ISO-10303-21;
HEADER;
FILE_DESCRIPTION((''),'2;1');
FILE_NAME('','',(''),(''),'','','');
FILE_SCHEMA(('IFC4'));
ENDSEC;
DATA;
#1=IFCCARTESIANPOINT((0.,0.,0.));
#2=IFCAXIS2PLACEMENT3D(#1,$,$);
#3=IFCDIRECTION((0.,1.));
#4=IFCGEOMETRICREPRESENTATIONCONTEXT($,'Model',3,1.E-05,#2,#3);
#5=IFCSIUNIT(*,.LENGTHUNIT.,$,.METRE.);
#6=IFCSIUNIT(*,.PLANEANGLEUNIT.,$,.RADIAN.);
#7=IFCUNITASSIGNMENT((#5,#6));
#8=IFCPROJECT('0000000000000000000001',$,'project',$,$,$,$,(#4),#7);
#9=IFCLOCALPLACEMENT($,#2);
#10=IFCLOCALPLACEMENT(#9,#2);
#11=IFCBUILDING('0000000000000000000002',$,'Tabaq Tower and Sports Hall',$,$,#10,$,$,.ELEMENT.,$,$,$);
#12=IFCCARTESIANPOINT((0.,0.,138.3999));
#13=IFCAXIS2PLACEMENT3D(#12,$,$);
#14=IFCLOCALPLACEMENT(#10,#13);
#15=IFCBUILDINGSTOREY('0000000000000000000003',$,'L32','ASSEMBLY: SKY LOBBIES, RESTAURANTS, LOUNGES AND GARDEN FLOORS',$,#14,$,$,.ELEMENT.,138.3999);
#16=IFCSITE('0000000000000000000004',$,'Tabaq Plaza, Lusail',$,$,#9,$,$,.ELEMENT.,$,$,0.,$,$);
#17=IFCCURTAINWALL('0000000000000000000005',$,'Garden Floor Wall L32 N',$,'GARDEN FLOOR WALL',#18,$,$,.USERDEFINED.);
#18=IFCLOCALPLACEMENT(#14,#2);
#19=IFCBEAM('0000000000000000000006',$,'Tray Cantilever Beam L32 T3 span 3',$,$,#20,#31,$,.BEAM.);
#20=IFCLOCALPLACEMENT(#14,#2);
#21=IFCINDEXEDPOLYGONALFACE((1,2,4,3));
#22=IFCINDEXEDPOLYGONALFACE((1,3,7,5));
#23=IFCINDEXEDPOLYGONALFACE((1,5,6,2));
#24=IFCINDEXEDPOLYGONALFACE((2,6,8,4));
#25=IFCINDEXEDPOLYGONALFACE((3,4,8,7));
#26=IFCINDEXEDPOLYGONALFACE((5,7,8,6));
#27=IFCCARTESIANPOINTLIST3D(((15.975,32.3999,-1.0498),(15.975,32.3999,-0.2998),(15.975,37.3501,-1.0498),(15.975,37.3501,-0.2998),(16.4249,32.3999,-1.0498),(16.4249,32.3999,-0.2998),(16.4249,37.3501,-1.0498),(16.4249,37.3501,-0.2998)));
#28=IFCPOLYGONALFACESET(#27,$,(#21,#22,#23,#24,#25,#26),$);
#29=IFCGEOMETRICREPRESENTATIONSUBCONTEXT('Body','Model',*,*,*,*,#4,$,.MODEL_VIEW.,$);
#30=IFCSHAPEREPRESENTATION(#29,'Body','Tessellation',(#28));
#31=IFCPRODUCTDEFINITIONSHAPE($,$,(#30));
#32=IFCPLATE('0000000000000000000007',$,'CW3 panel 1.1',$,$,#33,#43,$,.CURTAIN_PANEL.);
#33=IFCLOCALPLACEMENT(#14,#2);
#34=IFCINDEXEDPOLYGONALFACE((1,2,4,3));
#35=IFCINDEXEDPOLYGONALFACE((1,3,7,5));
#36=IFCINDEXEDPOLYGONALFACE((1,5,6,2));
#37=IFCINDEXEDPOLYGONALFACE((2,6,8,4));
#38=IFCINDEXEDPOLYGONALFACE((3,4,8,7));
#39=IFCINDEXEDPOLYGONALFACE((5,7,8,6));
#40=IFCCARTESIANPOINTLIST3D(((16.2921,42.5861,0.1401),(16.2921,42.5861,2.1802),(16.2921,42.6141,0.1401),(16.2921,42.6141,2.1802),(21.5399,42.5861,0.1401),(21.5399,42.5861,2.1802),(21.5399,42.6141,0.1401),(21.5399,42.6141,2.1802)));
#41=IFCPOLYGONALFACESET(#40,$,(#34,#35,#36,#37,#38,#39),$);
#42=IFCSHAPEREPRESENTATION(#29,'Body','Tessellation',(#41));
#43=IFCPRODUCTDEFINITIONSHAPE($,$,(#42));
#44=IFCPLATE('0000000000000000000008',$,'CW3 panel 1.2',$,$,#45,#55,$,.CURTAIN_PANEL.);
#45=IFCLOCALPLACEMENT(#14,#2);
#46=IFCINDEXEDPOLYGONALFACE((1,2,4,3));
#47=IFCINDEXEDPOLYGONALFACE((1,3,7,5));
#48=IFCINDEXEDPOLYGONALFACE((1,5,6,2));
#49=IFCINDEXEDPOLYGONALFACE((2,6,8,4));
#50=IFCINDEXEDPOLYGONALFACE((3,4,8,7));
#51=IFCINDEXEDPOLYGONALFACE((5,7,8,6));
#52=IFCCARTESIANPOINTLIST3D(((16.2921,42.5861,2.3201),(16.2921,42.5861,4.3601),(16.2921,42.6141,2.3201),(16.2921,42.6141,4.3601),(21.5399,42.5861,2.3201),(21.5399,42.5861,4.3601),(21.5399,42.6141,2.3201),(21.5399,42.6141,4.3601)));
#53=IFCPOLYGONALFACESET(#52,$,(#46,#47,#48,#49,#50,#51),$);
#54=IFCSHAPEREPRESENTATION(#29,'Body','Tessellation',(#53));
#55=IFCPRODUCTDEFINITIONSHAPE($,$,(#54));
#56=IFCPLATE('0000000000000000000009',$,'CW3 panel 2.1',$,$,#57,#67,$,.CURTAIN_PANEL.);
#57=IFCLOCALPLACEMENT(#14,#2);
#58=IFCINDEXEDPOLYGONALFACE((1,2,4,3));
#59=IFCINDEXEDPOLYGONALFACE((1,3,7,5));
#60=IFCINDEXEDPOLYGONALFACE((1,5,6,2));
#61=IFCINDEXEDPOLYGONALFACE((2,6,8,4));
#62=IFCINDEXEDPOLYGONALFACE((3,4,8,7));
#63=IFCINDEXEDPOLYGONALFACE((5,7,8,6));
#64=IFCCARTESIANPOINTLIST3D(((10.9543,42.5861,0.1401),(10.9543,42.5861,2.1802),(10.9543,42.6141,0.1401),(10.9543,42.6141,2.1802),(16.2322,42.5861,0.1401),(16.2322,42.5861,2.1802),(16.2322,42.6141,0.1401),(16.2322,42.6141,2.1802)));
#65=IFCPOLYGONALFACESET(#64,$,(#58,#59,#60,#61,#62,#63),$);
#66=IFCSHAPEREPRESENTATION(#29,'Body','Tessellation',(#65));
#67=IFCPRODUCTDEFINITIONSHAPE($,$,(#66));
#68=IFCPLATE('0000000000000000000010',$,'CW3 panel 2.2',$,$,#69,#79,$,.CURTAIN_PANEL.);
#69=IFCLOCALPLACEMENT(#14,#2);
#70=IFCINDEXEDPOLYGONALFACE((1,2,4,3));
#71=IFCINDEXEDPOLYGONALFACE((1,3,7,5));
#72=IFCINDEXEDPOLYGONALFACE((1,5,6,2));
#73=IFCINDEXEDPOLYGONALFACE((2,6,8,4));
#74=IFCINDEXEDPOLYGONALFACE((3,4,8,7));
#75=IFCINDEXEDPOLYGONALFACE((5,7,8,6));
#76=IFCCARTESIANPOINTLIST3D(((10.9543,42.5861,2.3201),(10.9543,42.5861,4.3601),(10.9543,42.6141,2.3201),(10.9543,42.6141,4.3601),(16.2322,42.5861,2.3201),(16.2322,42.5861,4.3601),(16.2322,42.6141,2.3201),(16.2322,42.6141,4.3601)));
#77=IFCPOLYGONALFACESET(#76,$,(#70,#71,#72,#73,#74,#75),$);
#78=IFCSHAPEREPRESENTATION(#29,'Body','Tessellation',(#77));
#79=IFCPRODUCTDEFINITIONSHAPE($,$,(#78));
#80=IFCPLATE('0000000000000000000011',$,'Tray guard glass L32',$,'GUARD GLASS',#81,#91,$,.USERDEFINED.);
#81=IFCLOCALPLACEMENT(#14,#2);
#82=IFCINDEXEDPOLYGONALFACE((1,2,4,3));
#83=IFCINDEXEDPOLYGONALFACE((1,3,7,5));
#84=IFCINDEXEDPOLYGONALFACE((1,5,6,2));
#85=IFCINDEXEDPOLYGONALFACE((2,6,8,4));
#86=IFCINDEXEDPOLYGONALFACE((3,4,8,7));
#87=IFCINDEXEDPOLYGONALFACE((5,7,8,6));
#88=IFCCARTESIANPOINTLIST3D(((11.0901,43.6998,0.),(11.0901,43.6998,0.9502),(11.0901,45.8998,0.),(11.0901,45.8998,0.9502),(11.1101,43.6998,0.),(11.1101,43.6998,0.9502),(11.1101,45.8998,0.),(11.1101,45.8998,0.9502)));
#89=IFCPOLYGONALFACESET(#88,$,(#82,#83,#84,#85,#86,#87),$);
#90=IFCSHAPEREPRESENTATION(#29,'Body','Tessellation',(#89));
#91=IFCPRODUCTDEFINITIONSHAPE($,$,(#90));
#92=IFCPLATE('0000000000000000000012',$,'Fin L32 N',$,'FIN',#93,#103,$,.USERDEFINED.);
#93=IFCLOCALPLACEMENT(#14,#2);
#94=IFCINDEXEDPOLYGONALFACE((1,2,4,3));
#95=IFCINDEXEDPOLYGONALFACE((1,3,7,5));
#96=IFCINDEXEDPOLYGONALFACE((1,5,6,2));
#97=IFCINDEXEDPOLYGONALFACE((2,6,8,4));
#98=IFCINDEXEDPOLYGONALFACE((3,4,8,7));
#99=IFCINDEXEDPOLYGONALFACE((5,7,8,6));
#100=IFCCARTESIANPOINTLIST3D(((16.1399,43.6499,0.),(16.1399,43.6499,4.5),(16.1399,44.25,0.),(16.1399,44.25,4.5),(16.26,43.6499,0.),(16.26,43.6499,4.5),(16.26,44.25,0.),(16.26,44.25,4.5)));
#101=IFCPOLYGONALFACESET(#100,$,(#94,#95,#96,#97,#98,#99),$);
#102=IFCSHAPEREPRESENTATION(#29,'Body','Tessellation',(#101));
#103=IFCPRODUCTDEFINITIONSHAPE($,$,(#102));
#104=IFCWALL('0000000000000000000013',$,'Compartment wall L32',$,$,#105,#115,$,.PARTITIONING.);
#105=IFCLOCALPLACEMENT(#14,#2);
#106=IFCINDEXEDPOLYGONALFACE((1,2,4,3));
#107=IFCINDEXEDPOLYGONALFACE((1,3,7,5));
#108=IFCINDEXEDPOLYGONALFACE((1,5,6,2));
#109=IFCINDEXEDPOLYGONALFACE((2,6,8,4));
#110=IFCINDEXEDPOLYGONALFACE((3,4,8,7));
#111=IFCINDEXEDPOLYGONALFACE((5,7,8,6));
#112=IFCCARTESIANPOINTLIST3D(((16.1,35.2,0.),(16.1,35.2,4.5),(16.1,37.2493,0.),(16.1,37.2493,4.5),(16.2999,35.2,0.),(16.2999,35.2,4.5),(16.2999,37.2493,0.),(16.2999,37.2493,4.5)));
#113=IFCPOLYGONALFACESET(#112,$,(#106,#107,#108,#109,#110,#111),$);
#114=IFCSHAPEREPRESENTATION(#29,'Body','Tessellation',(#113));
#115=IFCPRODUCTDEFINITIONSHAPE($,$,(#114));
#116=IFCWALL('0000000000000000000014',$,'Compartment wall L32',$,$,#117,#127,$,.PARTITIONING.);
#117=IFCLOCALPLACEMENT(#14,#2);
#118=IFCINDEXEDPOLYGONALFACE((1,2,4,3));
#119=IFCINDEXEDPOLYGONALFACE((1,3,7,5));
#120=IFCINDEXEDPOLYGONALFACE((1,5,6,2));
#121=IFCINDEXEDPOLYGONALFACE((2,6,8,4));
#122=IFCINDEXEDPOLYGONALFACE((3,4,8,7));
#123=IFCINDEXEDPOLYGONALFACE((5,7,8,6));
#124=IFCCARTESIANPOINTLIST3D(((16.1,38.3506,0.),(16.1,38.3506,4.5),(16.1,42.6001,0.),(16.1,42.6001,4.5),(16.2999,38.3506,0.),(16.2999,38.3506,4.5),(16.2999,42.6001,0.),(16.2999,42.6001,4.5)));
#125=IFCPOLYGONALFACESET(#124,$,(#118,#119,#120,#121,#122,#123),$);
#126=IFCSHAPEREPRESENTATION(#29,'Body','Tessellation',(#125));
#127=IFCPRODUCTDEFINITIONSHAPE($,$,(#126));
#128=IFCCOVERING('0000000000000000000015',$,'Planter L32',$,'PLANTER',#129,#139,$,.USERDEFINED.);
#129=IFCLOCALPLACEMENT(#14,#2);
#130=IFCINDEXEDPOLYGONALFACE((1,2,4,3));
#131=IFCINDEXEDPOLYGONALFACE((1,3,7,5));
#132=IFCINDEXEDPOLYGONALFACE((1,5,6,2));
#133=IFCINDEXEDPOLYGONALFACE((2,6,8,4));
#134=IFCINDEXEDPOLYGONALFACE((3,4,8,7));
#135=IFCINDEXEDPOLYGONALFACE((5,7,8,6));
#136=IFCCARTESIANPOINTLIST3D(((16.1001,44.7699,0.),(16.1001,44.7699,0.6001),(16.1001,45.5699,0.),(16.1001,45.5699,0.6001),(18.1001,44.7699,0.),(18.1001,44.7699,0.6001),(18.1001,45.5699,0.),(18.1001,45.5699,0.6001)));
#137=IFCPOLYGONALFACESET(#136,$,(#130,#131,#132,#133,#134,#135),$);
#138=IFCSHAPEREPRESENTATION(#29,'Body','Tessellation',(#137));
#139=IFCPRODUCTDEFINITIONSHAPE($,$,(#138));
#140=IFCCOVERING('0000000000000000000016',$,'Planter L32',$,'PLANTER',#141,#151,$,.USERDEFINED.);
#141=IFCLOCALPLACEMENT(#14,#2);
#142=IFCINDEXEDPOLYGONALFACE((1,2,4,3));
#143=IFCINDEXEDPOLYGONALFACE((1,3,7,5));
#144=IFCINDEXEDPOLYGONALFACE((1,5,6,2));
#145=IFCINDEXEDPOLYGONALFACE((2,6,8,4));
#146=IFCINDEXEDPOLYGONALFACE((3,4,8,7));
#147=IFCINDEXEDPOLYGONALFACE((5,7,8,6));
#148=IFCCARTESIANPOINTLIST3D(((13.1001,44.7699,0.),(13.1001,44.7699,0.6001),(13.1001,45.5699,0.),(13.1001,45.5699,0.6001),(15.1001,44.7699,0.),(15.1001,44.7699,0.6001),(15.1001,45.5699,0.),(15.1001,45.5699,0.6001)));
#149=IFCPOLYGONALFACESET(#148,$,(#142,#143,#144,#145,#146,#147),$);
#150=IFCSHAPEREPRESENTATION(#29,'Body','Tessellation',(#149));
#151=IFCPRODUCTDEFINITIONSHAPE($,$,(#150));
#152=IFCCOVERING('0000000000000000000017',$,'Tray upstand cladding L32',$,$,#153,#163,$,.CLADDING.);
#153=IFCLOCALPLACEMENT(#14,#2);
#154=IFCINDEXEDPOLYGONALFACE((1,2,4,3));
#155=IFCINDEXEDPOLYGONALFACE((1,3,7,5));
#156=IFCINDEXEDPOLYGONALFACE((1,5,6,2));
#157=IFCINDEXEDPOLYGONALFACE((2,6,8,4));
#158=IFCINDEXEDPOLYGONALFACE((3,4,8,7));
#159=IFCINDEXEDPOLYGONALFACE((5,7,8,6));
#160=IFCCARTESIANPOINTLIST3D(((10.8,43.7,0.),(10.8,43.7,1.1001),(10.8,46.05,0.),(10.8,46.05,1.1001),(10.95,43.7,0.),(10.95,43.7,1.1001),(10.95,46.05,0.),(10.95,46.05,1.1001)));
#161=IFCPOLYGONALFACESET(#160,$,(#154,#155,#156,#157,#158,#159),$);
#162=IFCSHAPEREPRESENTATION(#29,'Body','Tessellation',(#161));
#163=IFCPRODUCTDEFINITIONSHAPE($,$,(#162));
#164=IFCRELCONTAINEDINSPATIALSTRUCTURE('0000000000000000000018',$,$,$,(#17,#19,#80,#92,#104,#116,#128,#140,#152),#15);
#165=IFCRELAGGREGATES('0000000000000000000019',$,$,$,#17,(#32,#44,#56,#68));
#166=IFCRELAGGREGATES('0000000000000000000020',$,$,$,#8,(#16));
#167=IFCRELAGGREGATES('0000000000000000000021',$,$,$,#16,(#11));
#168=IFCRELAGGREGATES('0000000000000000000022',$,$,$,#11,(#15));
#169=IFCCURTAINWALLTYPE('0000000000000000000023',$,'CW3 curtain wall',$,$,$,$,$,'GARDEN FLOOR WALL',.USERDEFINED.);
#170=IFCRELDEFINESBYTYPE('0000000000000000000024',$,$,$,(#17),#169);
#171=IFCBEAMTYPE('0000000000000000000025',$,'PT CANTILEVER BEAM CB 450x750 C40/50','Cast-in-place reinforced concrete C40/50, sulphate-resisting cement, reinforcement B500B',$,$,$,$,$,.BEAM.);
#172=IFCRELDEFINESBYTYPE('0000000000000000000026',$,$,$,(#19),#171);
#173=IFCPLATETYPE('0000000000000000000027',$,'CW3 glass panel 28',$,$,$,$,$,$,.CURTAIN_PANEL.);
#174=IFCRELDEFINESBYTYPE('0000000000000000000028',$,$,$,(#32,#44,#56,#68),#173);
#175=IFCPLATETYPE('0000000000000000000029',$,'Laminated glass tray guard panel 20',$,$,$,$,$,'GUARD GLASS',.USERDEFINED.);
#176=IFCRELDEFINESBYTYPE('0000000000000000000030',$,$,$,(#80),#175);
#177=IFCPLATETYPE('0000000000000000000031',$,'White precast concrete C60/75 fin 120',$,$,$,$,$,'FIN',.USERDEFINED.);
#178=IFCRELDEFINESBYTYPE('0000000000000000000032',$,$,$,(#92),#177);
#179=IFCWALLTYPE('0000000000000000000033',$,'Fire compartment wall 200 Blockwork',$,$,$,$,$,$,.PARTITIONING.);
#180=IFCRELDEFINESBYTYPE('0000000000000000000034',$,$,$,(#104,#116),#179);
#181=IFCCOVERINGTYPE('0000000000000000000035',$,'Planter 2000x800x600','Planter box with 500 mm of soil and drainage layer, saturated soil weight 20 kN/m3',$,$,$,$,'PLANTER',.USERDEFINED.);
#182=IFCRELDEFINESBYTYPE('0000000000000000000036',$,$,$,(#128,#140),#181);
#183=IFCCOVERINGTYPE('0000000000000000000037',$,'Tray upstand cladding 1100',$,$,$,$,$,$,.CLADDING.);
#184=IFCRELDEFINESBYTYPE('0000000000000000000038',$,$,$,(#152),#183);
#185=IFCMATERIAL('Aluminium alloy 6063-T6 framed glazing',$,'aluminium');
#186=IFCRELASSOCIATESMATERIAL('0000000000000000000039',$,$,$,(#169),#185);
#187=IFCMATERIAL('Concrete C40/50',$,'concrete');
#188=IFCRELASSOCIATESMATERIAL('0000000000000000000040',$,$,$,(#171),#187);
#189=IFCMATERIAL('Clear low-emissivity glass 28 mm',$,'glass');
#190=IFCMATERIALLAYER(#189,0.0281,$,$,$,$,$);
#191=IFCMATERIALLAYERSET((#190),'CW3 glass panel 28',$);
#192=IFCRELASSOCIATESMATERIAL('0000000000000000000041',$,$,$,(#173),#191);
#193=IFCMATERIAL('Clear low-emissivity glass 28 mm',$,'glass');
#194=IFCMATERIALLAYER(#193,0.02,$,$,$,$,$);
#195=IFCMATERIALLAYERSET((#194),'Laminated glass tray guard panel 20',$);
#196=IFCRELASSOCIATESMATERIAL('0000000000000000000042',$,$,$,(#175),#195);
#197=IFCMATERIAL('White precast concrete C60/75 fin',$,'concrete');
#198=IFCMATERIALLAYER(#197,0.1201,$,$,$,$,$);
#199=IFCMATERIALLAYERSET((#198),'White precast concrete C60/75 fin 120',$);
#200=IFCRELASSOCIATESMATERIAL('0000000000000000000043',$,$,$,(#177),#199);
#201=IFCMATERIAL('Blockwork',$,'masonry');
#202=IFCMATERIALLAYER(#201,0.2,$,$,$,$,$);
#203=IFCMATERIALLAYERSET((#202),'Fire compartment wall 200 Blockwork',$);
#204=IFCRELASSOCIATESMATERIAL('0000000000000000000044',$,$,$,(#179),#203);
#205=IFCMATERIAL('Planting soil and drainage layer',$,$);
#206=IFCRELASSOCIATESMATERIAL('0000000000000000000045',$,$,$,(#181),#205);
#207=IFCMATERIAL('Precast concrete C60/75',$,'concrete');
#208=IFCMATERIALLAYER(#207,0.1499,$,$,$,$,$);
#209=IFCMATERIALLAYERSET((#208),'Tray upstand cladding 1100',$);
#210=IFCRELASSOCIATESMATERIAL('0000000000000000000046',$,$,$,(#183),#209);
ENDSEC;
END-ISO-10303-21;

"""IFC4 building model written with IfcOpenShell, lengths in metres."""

from ifc_helpers import new_model, si_unit, direction, frame, frame_2d, origin, origin_2d, place, context, subcontext, project, spatial, rectangle, extrude, material, layer, layer_set, material_profile, profile_set, type_object, element, aggregate, save


model = new_model("IFC4")

# Units and contexts
model_context = context("Model", 3, precision=1e-05, world=origin(), true_north=direction((0.0, 1.0)))
body_context = subcontext(model_context, "Body", "Model", "MODEL_VIEW")
ifc_project = project(units=[si_unit("LENGTHUNIT", "METRE"), si_unit("PLANEANGLEUNIT", "RADIAN")], contexts=[model_context])

# Site, building, storey
site_placement = place(None, origin())
site = spatial("IfcSite", under=ifc_project, at=site_placement, Name="Tabaq Plaza, Lusail", CompositionType="ELEMENT", RefElevation=0.0)
building_placement = place(site_placement, origin())
building = spatial("IfcBuilding", under=site, at=building_placement, Name="Tabaq Tower and Sports Hall", CompositionType="ELEMENT")
storey_placement = place(building_placement, frame((0.0, 0.0, 138.3999)))
storey = spatial("IfcBuildingStorey", under=building, at=storey_placement, Name="L32", Description="ASSEMBLY: SKY LOBBIES, RESTAURANTS, LOUNGES AND GARDEN FLOORS", CompositionType="ELEMENT", Elevation=138.3999)

# Curtain wall
ifc_material_1 = material(Name="Aluminium alloy 6063-T6 framed glazing", Category="aluminium")
curtain_wall_type = type_object("IfcCurtainWallType", Name="CW3 curtain wall", ElementType="GARDEN FLOOR WALL", PredefinedType="USERDEFINED", material=ifc_material_1)
curtain_wall_placement = place(storey_placement, origin())
curtain_wall = element("IfcCurtainWall", 1, at=curtain_wall_placement, inside=storey, type_object=curtain_wall_type, Name="Garden Floor Wall L32 N", ObjectType="GARDEN FLOOR WALL", PredefinedType="USERDEFINED")

# Beam
ifc_material_2 = material(Name="Concrete C40/50", Category="concrete")
ifc_material_profile_1 = material_profile(ifc_material_2, rectangle(XDim=0.45, YDim=0.75, at=origin_2d()), Name="CB 450x750")
ifc_profile_set_1 = profile_set([ifc_material_profile_1], Name="Concrete C40/50")
beam_type_1 = type_object("IfcBeamType", Name="PT CANTILEVER BEAM CB 450x750 C40/50", Description="Cast-in-place reinforced concrete C40/50, sulphate-resisting cement, reinforcement B500B", PredefinedType="BEAM", material=ifc_profile_set_1)
beam_1_placement = place(storey_placement, frame((16.2, 37.3501, -0.6748), z_axis=(0.0, -1.0, 0.0), x_axis=(1.0, 0.0, 0.0)))
element("IfcBeam", 2, at=beam_1_placement, inside=storey, type_object=beam_type_1, Name="Tray Cantilever Beam L32 T3 span 3", PredefinedType="BEAM", context=body_context, shape_type="SweptSolid", body=[
    extrude(rectangle(XDim=0.45, YDim=0.75, at=origin_2d()), origin(), (0.0, 0.0, 1.0), 4.9502),
])

# Plates
ifc_material_3 = material(Name="Clear low-emissivity glass 28 mm", Category="glass")
ifc_layer_1 = layer(ifc_material_3, 0.0281)
ifc_layer_set_1 = layer_set([ifc_layer_1], Name="CW3 glass panel 28")
plate_type_1 = type_object("IfcPlateType", Name="CW3 glass panel 28", PredefinedType="CURTAIN_PANEL", material=ifc_layer_set_1)
plate_1_placement = place(storey_placement, frame((18.916, 42.6001, 0.1401), z_axis=(0.0, 0.0, 1.0), x_axis=(-1.0, 0.0, 0.0)))
plate_1 = element("IfcPlate", 3, at=plate_1_placement, type_object=plate_type_1, Name="CW3 panel 1.1", PredefinedType="CURTAIN_PANEL", context=body_context, shape_type="SweptSolid", body=[
    extrude(rectangle(XDim=5.2478, YDim=0.0281, at=origin_2d()), origin(), (0.0, 0.0, 1.0), 2.04),
])
plate_2_placement = place(storey_placement, frame((18.916, 42.6001, 2.3201), z_axis=(0.0, 0.0, 1.0), x_axis=(-1.0, 0.0, 0.0)))
plate_2 = element("IfcPlate", 4, at=plate_2_placement, type_object=plate_type_1, Name="CW3 panel 1.2", PredefinedType="CURTAIN_PANEL", context=body_context, shape_type="SweptSolid", body=[
    extrude(rectangle(XDim=5.2478, YDim=0.0281, at=origin_2d()), origin(), (0.0, 0.0, 1.0), 2.04),
])
plate_3_placement = place(storey_placement, frame((13.5933, 42.6001, 0.1401), z_axis=(0.0, 0.0, 1.0), x_axis=(-1.0, 0.0, 0.0)))
plate_3 = element("IfcPlate", 5, at=plate_3_placement, type_object=plate_type_1, Name="CW3 panel 2.1", PredefinedType="CURTAIN_PANEL", context=body_context, shape_type="SweptSolid", body=[
    extrude(rectangle(XDim=5.2778, YDim=0.0281, at=origin_2d()), origin(), (0.0, 0.0, 1.0), 2.04),
])
plate_4_placement = place(storey_placement, frame((13.5933, 42.6001, 2.3201), z_axis=(0.0, 0.0, 1.0), x_axis=(-1.0, 0.0, 0.0)))
plate_4 = element("IfcPlate", 6, at=plate_4_placement, type_object=plate_type_1, Name="CW3 panel 2.2", PredefinedType="CURTAIN_PANEL", context=body_context, shape_type="SweptSolid", body=[
    extrude(rectangle(XDim=5.2778, YDim=0.0281, at=origin_2d()), origin(), (0.0, 0.0, 1.0), 2.04),
])
aggregate(curtain_wall, [plate_1, plate_2, plate_3, plate_4])

# Plates
ifc_material_4 = material(Name="Clear low-emissivity glass 28 mm", Category="glass")
ifc_layer_2 = layer(ifc_material_4, 0.02)
ifc_layer_set_2 = layer_set([ifc_layer_2], Name="Laminated glass tray guard panel 20")
plate_type_2 = type_object("IfcPlateType", Name="Laminated glass tray guard panel 20", ElementType="GUARD GLASS", PredefinedType="USERDEFINED", material=ifc_layer_set_2)
plate_5_placement = place(storey_placement, frame((11.1001, 45.8999, 0.0), z_axis=(0.0, 0.0, 1.0), x_axis=(0.0, -1.0, 0.0)))
element("IfcPlate", 7, at=plate_5_placement, inside=storey, type_object=plate_type_2, Name="Tray guard glass L32", ObjectType="GUARD GLASS", PredefinedType="USERDEFINED", context=body_context, shape_type="SweptSolid", body=[
    extrude(rectangle(XDim=2.2, YDim=0.02, at=frame_2d((1.1001, 0.0))), origin(), (0.0, 0.0, 1.0), 0.9502),
])
ifc_material_5 = material(Name="White precast concrete C60/75 fin", Category="concrete")
ifc_layer_3 = layer(ifc_material_5, 0.1201)
ifc_layer_set_3 = layer_set([ifc_layer_3], Name="White precast concrete C60/75 fin 120")
plate_type_3 = type_object("IfcPlateType", Name="White precast concrete C60/75 fin 120", ElementType="FIN", PredefinedType="USERDEFINED", material=ifc_layer_set_3)
plate_6_placement = place(storey_placement, frame((16.2, 43.95, 0.0), z_axis=(0.0, 0.0, 1.0), x_axis=(-1.0, 0.0, 0.0)))
element("IfcPlate", 8, at=plate_6_placement, inside=storey, type_object=plate_type_3, Name="Fin L32 N", ObjectType="FIN", PredefinedType="USERDEFINED", context=body_context, shape_type="SweptSolid", body=[
    extrude(rectangle(XDim=0.1201, YDim=0.6001, at=origin_2d()), origin(), (0.0, 0.0, 1.0), 4.5),
])

# Shared definitions
ifc_material_6 = material(Name="Blockwork", Category="masonry")
ifc_layer_4 = layer(ifc_material_6, 0.2)
ifc_layer_set_4 = layer_set([ifc_layer_4], Name="Fire compartment wall 200 Blockwork")
wall_type = type_object("IfcWallType", Name="Fire compartment wall 200 Blockwork", PredefinedType="PARTITIONING", material=ifc_layer_set_4)

# Walls
wall_1_placement = place(storey_placement, frame((16.2, 35.2, 0.0), z_axis=(0.0, 0.0, 1.0), x_axis=(0.0, 1.0, 0.0)))
element("IfcWall", 9, at=wall_1_placement, inside=storey, type_object=wall_type, Name="Compartment wall L32", PredefinedType="PARTITIONING", context=body_context, shape_type="SweptSolid", body=[
    extrude(rectangle(XDim=2.0493, YDim=0.2, at=frame_2d((1.0247, 0.0))), origin(), (0.0, 0.0, 1.0), 4.5),
])
wall_2_placement = place(storey_placement, frame((16.2, 38.3506, 0.0), z_axis=(0.0, 0.0, 1.0), x_axis=(0.0, 1.0, 0.0)))
element("IfcWall", 10, at=wall_2_placement, inside=storey, type_object=wall_type, Name="Compartment wall L32", PredefinedType="PARTITIONING", context=body_context, shape_type="SweptSolid", body=[
    extrude(rectangle(XDim=4.2495, YDim=0.2, at=frame_2d((2.1248, 0.0))), origin(), (0.0, 0.0, 1.0), 4.5),
])

# Coverings
ifc_material_7 = material(Name="Planting soil and drainage layer")
covering_type_1 = type_object("IfcCoveringType", Name="Planter 2000x800x600", Description="Planter box with 500 mm of soil and drainage layer, saturated soil weight 20 kN/m3", ElementType="PLANTER", PredefinedType="USERDEFINED", material=ifc_material_7)
for number, where, z_axis, x_axis, name in (
    (11, (17.1001, 45.1699, 0.0), (0.0, 0.0, 1.0), (-1.0, 0.0, 0.0), "Planter L32"),
    (12, (14.1001, 45.1699, 0.0), (0.0, 0.0, 1.0), (-1.0, 0.0, 0.0), "Planter L32"),
):
    element("IfcCovering", number, at=place(storey_placement, frame(where, z_axis=z_axis, x_axis=x_axis)), inside=storey, type_object=covering_type_1, Name=name, ObjectType="PLANTER", PredefinedType="USERDEFINED", context=body_context, shape_type="SweptSolid", body=[
        extrude(rectangle(XDim=2.0, YDim=0.8, at=origin_2d()), origin(), (0.0, 0.0, 1.0), 0.6001),
    ])
ifc_material_8 = material(Name="Precast concrete C60/75", Category="concrete")
ifc_layer_5 = layer(ifc_material_8, 0.1499)
ifc_layer_set_5 = layer_set([ifc_layer_5], Name="Tray upstand cladding 1100")
covering_type_2 = type_object("IfcCoveringType", Name="Tray upstand cladding 1100", PredefinedType="CLADDING", material=ifc_layer_set_5)
covering_placement = place(storey_placement, frame((10.875, 43.7, 0.0), z_axis=(0.0, 0.0, 1.0), x_axis=(0.0, 1.0, 0.0)))
element("IfcCovering", 13, at=covering_placement, inside=storey, type_object=covering_type_2, Name="Tray upstand cladding L32", PredefinedType="CLADDING", context=body_context, shape_type="SweptSolid", body=[
    extrude(rectangle(XDim=2.3501, YDim=0.1499, at=frame_2d((1.175, 0.0))), origin(), (0.0, 0.0, 1.0), 1.1001),
])

save(model, "model.ifc")
